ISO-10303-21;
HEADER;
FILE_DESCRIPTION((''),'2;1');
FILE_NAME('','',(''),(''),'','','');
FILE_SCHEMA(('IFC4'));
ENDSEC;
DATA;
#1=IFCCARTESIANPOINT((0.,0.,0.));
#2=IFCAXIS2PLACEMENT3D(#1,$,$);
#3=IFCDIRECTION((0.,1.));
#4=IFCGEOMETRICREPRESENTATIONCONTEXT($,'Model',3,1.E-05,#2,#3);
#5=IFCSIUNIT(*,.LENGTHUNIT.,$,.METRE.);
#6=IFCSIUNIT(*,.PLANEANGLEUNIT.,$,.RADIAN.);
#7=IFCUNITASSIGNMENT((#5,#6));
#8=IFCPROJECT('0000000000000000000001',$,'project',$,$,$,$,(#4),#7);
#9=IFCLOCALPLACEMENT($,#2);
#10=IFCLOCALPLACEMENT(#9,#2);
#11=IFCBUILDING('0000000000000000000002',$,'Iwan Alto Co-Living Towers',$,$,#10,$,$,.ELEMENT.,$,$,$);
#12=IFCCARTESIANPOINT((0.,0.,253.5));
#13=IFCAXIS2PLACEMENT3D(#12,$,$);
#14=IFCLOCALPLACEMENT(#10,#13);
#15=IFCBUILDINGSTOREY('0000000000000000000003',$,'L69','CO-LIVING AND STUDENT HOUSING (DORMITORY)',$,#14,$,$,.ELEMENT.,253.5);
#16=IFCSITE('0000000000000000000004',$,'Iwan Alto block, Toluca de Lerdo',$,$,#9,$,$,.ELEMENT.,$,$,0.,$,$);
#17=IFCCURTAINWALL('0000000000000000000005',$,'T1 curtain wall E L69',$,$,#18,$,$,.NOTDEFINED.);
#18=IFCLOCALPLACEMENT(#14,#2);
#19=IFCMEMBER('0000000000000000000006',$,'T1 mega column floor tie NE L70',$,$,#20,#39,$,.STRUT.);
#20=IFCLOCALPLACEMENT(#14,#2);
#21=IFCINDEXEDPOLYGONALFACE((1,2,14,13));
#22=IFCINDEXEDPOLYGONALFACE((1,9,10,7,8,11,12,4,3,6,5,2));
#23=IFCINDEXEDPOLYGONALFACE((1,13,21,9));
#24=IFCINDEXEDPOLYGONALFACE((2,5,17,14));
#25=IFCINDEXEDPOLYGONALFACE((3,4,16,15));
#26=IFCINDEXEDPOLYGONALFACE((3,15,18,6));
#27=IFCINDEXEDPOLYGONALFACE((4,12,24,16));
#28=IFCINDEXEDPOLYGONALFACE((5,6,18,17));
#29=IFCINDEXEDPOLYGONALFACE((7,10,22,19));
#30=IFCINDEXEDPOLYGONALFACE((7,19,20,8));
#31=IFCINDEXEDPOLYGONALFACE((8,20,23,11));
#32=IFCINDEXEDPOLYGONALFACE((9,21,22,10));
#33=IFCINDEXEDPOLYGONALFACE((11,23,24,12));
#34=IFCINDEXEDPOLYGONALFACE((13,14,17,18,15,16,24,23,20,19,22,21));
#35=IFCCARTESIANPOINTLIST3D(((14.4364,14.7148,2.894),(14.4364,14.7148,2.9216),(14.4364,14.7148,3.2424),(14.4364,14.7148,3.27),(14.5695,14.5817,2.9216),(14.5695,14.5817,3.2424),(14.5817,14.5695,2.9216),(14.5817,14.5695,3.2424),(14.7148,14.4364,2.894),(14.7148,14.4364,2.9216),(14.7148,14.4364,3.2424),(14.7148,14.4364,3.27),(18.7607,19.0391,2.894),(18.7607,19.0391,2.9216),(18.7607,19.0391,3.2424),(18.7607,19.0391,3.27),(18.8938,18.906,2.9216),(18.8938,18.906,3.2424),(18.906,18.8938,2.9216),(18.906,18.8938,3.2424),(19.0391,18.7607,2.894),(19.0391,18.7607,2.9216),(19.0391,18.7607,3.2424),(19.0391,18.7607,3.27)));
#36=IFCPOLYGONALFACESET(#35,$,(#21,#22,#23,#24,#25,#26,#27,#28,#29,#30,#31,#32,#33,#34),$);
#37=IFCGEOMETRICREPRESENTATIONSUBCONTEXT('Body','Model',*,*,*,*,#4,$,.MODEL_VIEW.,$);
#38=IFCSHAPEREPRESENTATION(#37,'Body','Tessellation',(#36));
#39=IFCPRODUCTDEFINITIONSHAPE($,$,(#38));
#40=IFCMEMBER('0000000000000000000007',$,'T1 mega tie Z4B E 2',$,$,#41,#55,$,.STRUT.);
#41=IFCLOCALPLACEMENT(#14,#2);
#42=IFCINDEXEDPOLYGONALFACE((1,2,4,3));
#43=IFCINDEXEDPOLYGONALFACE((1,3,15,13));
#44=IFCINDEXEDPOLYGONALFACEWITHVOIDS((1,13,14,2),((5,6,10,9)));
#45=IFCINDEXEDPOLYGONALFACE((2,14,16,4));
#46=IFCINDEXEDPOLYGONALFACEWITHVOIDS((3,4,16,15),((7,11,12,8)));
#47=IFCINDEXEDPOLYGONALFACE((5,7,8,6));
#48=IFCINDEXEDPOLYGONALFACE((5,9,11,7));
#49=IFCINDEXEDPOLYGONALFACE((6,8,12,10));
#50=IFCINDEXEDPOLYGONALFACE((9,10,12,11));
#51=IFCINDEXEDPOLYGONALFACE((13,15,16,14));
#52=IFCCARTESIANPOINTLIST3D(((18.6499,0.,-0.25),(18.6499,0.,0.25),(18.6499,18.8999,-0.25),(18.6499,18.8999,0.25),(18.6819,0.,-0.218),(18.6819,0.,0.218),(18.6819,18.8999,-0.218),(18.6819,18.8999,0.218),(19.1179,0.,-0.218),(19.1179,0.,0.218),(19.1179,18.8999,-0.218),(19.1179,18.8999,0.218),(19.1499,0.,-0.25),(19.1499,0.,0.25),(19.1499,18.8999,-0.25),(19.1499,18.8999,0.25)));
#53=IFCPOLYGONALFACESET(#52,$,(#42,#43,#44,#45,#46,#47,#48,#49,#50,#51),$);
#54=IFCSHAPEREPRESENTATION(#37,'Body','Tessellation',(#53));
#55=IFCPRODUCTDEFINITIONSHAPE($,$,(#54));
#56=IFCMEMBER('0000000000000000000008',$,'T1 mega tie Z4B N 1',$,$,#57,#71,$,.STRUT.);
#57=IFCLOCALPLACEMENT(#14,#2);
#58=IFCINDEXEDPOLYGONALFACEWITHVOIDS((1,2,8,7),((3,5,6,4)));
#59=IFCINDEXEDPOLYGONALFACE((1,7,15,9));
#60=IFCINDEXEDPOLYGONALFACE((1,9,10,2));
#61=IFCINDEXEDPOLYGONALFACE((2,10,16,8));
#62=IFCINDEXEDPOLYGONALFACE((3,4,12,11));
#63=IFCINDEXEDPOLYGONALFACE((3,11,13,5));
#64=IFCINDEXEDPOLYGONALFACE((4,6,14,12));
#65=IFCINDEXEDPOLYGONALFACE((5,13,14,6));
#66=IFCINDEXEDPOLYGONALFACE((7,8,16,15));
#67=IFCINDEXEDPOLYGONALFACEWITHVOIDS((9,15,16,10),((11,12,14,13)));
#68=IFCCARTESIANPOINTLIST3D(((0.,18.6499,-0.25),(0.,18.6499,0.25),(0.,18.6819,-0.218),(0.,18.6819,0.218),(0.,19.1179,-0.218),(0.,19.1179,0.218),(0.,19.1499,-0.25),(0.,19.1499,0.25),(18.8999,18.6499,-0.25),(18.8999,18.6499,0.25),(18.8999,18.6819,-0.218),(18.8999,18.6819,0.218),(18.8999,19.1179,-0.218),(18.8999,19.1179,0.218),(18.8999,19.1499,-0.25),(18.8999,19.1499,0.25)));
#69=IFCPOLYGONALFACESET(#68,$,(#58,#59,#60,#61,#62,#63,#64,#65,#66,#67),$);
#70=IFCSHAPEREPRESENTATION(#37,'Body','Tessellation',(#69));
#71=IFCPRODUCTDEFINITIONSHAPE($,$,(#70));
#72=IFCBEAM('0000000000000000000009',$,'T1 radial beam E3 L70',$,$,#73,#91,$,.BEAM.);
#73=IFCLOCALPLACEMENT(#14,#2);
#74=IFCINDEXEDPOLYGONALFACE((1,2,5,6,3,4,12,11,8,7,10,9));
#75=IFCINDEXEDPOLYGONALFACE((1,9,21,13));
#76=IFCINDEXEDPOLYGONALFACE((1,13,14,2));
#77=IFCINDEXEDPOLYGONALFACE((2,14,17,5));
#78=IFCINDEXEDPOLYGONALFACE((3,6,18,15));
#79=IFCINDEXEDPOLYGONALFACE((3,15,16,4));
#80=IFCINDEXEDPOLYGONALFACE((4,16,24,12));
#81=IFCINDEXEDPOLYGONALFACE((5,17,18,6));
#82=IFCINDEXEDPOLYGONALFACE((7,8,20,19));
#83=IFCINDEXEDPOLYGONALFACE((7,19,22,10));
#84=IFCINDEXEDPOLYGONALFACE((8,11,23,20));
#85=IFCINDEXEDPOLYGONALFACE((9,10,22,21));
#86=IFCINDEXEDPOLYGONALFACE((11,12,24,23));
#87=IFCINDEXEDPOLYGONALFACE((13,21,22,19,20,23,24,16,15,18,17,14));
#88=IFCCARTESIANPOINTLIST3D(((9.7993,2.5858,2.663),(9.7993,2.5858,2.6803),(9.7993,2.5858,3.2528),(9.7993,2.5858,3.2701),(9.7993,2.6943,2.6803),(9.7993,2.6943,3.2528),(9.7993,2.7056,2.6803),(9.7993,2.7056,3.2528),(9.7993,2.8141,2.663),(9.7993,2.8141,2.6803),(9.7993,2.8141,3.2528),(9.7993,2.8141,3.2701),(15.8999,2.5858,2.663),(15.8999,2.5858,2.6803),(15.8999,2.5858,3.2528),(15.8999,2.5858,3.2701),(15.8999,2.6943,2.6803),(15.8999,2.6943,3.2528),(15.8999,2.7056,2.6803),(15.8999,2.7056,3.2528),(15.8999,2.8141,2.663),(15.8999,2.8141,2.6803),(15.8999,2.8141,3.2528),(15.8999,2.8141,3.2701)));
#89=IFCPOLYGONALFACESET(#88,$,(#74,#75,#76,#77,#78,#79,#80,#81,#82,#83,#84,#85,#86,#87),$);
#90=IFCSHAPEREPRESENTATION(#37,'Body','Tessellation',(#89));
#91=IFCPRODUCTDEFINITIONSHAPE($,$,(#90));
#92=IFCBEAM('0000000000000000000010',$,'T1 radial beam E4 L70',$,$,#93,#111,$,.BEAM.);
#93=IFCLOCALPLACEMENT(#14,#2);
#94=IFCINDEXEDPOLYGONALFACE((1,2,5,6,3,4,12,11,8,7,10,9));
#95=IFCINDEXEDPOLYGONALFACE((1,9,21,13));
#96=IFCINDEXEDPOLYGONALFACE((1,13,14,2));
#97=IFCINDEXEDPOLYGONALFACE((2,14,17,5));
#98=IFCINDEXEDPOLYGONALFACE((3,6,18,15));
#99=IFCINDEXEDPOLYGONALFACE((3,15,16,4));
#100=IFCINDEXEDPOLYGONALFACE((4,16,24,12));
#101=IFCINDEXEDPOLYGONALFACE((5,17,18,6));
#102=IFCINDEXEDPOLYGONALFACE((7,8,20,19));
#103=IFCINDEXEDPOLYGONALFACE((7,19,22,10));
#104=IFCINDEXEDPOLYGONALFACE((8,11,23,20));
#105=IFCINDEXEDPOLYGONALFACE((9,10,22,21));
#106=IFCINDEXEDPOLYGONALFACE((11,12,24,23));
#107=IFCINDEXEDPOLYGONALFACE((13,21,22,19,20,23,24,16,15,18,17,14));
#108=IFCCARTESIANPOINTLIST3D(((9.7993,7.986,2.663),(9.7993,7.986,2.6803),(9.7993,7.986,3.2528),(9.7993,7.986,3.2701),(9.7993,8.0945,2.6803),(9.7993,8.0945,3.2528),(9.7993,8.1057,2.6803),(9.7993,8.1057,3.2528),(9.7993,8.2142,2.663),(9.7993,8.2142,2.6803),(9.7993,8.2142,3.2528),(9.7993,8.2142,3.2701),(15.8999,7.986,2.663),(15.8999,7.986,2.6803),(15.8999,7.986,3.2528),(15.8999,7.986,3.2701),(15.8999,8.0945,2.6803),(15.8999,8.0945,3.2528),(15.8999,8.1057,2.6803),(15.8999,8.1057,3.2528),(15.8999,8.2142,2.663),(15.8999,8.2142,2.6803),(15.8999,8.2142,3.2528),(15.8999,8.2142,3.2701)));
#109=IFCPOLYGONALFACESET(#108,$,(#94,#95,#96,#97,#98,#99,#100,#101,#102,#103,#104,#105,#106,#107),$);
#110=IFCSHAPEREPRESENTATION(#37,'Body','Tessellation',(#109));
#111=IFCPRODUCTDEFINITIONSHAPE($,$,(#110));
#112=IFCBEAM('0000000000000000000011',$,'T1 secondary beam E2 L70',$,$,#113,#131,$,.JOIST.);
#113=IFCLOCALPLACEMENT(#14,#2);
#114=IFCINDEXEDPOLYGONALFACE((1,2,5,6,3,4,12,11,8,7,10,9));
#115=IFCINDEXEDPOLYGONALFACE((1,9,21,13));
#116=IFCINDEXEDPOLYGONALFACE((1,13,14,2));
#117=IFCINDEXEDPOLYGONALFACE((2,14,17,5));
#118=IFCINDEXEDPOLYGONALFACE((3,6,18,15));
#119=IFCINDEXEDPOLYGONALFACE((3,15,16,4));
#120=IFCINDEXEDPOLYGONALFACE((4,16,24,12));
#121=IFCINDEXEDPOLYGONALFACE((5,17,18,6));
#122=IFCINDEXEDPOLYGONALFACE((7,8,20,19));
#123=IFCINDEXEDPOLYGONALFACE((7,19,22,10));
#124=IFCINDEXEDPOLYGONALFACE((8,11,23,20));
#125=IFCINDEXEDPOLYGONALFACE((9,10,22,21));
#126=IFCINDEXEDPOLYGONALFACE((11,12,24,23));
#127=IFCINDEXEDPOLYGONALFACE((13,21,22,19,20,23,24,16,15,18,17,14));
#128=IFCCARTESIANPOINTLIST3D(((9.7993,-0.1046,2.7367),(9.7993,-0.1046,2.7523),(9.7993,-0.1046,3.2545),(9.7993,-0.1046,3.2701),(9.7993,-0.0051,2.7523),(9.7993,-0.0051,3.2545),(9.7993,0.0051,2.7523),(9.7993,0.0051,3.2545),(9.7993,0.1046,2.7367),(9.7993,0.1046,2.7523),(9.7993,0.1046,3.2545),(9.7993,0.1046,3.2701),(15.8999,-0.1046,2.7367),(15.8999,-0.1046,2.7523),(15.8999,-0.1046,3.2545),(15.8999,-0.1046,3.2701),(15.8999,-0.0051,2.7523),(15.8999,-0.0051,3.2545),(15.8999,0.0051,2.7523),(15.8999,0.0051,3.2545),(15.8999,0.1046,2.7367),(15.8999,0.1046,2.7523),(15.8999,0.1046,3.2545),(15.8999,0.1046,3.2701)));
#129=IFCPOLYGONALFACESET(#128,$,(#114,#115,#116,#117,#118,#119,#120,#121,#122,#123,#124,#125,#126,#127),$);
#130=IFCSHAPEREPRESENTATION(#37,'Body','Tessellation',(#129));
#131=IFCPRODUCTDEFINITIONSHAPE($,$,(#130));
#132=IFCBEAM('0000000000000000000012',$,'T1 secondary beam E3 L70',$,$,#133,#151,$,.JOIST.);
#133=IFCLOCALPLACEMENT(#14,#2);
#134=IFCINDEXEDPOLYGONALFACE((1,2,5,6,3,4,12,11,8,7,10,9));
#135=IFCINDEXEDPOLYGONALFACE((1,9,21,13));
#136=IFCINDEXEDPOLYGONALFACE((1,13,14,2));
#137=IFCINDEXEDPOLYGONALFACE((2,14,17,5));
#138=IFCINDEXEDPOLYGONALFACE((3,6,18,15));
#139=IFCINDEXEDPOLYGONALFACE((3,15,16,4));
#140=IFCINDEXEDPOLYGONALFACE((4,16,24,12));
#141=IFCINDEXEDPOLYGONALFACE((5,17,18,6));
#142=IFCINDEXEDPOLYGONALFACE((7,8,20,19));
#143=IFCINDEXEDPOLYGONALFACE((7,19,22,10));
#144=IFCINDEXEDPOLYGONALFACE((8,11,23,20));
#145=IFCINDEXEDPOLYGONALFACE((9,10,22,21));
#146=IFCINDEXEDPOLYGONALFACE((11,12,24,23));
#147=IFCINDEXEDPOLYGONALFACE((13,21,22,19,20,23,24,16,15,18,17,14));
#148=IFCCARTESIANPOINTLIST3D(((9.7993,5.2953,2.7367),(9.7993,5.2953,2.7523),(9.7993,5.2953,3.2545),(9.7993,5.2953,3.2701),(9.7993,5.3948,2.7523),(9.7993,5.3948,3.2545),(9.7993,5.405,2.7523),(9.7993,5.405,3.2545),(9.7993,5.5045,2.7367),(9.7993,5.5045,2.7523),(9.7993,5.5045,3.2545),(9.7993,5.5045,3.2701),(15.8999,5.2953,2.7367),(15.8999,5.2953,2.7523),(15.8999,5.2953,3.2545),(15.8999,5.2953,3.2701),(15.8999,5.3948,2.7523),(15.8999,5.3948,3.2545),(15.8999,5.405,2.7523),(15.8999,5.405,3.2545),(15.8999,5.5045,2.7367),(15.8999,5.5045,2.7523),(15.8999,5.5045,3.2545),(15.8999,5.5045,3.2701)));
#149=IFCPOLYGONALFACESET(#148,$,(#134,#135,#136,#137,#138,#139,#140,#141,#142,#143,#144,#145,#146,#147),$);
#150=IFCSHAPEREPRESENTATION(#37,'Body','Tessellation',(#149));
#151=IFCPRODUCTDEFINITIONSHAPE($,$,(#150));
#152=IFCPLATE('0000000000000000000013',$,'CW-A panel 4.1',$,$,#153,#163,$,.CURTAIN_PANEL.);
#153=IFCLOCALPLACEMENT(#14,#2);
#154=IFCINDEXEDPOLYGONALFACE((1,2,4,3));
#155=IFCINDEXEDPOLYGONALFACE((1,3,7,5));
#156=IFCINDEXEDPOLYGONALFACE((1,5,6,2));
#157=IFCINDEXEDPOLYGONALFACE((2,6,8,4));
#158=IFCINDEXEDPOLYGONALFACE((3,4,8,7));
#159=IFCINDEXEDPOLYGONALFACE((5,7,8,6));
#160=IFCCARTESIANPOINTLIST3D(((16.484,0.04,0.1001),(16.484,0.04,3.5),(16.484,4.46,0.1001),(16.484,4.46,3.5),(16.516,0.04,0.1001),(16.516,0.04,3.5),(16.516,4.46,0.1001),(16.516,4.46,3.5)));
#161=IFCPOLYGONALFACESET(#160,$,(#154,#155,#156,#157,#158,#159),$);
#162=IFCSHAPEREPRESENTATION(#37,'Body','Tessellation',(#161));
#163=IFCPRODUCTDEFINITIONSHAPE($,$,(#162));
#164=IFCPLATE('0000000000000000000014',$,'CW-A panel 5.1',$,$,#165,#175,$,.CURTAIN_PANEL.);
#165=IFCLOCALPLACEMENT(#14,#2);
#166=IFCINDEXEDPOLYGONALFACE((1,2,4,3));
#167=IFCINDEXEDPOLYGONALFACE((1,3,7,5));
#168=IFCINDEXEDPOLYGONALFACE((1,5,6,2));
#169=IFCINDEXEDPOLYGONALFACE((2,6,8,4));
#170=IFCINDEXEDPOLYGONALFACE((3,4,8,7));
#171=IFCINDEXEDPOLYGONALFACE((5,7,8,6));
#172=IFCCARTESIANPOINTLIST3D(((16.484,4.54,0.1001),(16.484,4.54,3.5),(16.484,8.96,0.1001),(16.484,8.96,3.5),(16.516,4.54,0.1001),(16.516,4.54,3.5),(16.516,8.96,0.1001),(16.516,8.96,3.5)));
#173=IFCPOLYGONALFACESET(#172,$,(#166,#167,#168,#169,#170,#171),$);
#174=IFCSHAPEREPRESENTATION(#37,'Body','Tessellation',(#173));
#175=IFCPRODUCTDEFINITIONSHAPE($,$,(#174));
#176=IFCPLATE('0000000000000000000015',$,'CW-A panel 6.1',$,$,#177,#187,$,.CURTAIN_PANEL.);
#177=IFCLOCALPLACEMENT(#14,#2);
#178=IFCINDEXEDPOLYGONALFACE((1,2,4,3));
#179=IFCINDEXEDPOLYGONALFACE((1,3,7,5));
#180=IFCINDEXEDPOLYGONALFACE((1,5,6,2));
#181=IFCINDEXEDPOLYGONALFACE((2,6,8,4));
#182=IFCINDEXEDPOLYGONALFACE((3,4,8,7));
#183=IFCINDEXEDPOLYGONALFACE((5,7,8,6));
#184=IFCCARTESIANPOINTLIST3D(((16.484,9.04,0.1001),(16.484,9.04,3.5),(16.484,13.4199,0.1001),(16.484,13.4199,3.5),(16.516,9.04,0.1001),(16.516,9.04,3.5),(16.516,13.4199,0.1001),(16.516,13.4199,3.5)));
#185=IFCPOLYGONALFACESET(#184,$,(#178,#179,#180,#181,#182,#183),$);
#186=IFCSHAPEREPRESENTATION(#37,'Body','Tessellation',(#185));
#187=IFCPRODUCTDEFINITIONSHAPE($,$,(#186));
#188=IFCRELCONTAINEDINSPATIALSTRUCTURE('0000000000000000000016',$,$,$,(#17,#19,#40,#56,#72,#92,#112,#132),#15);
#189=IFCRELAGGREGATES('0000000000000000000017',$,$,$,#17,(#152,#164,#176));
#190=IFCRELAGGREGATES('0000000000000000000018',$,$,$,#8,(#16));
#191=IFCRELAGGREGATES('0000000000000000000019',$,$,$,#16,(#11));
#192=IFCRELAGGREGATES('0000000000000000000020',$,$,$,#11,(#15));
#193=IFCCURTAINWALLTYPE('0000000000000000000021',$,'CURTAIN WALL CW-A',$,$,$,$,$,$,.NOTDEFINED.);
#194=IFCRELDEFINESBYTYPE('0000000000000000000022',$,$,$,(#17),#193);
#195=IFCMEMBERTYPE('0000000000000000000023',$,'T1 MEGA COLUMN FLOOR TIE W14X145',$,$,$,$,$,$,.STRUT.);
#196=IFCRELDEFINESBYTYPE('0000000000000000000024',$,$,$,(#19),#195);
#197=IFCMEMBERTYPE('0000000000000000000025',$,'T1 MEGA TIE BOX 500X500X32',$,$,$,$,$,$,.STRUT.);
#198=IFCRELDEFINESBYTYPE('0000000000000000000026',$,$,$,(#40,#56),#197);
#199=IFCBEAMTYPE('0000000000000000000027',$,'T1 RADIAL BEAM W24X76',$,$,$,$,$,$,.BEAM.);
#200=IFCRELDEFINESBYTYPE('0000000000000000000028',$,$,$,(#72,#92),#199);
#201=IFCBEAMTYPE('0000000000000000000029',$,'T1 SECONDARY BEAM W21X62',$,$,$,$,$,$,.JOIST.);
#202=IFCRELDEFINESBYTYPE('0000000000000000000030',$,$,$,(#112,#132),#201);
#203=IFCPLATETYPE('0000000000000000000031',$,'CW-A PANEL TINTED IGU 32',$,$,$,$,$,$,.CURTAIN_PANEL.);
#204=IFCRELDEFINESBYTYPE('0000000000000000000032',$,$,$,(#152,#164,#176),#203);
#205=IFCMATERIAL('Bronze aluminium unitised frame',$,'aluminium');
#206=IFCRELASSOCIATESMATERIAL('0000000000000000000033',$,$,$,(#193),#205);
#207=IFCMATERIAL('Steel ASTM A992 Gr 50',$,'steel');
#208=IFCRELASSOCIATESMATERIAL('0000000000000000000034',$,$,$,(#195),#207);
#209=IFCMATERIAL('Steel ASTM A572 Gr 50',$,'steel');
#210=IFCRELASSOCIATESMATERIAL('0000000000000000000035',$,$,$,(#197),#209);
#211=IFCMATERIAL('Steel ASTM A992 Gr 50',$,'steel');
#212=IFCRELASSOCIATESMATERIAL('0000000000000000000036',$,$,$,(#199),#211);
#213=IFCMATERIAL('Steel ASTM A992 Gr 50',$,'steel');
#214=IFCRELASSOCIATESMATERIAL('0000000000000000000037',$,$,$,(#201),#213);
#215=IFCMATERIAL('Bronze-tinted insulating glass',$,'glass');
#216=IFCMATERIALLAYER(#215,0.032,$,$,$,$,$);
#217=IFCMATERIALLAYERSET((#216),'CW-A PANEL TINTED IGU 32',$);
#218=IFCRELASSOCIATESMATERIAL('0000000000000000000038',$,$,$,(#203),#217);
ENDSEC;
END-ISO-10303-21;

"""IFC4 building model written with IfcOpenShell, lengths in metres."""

from ifc_helpers import new_model, si_unit, direction, frame, origin, origin_2d, place, context, subcontext, project, spatial, rectangle, hollow_rectangle, i_section, extrude, material, layer, layer_set, material_profile, profile_set, type_object, element, aggregate, save


model = new_model("IFC4")

# Units and contexts
model_context = context("Model", 3, precision=1e-05, world=origin(), true_north=direction((0.0, 1.0)))
body_context = subcontext(model_context, "Body", "Model", "MODEL_VIEW")
ifc_project = project(units=[si_unit("LENGTHUNIT", "METRE"), si_unit("PLANEANGLEUNIT", "RADIAN")], contexts=[model_context])

# Site, building, storey
site_placement = place(None, origin())
site = spatial("IfcSite", under=ifc_project, at=site_placement, Name="Iwan Alto block, Toluca de Lerdo", CompositionType="ELEMENT", RefElevation=0.0)
building_placement = place(site_placement, origin())
building = spatial("IfcBuilding", under=site, at=building_placement, Name="Iwan Alto Co-Living Towers", CompositionType="ELEMENT")
storey_placement = place(building_placement, frame((0.0, 0.0, 253.5)))
storey = spatial("IfcBuildingStorey", under=building, at=storey_placement, Name="L69", Description="CO-LIVING AND STUDENT HOUSING (DORMITORY)", CompositionType="ELEMENT", Elevation=253.5)

# Curtain wall
ifc_material_1 = material(Name="Bronze aluminium unitised frame", Category="aluminium")
curtain_wall_type_1 = type_object("IfcCurtainWallType", Name="CURTAIN WALL CW-A", PredefinedType="NOTDEFINED", material=ifc_material_1)
curtain_wall_1_placement = place(storey_placement, origin())
curtain_wall_1 = element("IfcCurtainWall", 1, at=curtain_wall_1_placement, inside=storey, type_object=curtain_wall_type_1, Name="T1 curtain wall E L69", PredefinedType="NOTDEFINED")

# Members
ifc_material_2 = material(Name="Steel ASTM A992 Gr 50", Category="steel")
ifc_material_profile_1 = material_profile(ifc_material_2, i_section(OverallWidth=0.3938, OverallDepth=0.376, WebThickness=0.0173, FlangeThickness=0.0276, at=origin_2d()), Name="W14X145")
ifc_profile_set_1 = profile_set([ifc_material_profile_1], Name="Steel ASTM A992 Gr 50")
member_type_1 = type_object("IfcMemberType", Name="T1 MEGA COLUMN FLOOR TIE W14X145", PredefinedType="STRUT", material=ifc_profile_set_1)
member_1_placement = place(storey_placement, frame((18.8999, 18.8999, 3.082), z_axis=(-0.707107, -0.707107, 0.0), x_axis=(0.707107, -0.707107, 0.0)))
element("IfcMember", 2, at=member_1_placement, inside=storey, type_object=member_type_1, Name="T1 mega column floor tie NE L70", PredefinedType="STRUT", context=body_context, shape_type="SweptSolid", body=[
    extrude(i_section(OverallWidth=0.3938, OverallDepth=0.376, WebThickness=0.0173, FlangeThickness=0.0276, at=origin_2d()), origin(), (0.0, 0.0, 1.0), 6.1155),
])
ifc_material_3 = material(Name="Steel ASTM A572 Gr 50", Category="steel")
ifc_material_profile_2 = material_profile(ifc_material_3, hollow_rectangle(XDim=0.5, YDim=0.5, WallThickness=0.032, at=origin_2d()), Name="BOX 500X500X32")
ifc_profile_set_2 = profile_set([ifc_material_profile_2], Name="Steel ASTM A572 Gr 50")
member_type_2 = type_object("IfcMemberType", Name="T1 MEGA TIE BOX 500X500X32", PredefinedType="STRUT", material=ifc_profile_set_2)
for number, where, z_axis, x_axis, name in (
    (3, (18.8999, 0.0, 0.0), (0.0, 1.0, 0.0), (-1.0, 0.0, 0.0), "T1 mega tie Z4B E 2"),
    (4, (18.8999, 18.8999, 0.0), (-1.0, 0.0, 0.0), (0.0, -1.0, 0.0), "T1 mega tie Z4B N 1"),
):
    element("IfcMember", number, at=place(storey_placement, frame(where, z_axis=z_axis, x_axis=x_axis)), inside=storey, type_object=member_type_2, Name=name, PredefinedType="STRUT", context=body_context, shape_type="SweptSolid", body=[
        extrude(hollow_rectangle(XDim=0.5, YDim=0.5, WallThickness=0.032, at=origin_2d()), origin(), (0.0, 0.0, 1.0), 18.8999),
    ])

# Beams
ifc_material_4 = material(Name="Steel ASTM A992 Gr 50", Category="steel")
ifc_material_profile_3 = material_profile(ifc_material_4, i_section(OverallWidth=0.2283, OverallDepth=0.6072, WebThickness=0.0112, FlangeThickness=0.0173, at=origin_2d()), Name="W24X76")
ifc_profile_set_3 = profile_set([ifc_material_profile_3], Name="Steel ASTM A992 Gr 50")
beam_type_1 = type_object("IfcBeamType", Name="T1 RADIAL BEAM W24X76", PredefinedType="BEAM", material=ifc_profile_set_3)
for number, where, z_axis, x_axis, name in (
    (5, (15.8999, 2.7, 2.9666), (-1.0, 0.0, 0.0), (0.0, -1.0, 0.0), "T1 radial beam E3 L70"),
    (6, (15.8999, 8.1001, 2.9666), (-1.0, 0.0, 0.0), (0.0, -1.0, 0.0), "T1 radial beam E4 L70"),
):
    element("IfcBeam", number, at=place(storey_placement, frame(where, z_axis=z_axis, x_axis=x_axis)), inside=storey, type_object=beam_type_1, Name=name, PredefinedType="BEAM", context=body_context, shape_type="SweptSolid", body=[
        extrude(i_section(OverallWidth=0.2283, OverallDepth=0.6072, WebThickness=0.0112, FlangeThickness=0.0173, at=origin_2d()), origin(), (0.0, 0.0, 1.0), 6.1006),
    ])
ifc_material_5 = material(Name="Steel ASTM A992 Gr 50", Category="steel")
ifc_material_profile_4 = material_profile(ifc_material_5, i_section(OverallWidth=0.2092, OverallDepth=0.5334, WebThickness=0.0103, FlangeThickness=0.0156, at=origin_2d()), Name="W21X62")
ifc_profile_set_4 = profile_set([ifc_material_profile_4], Name="Steel ASTM A992 Gr 50")
beam_type_2 = type_object("IfcBeamType", Name="T1 SECONDARY BEAM W21X62", PredefinedType="JOIST", material=ifc_profile_set_4)
for number, where, z_axis, x_axis, name in (
    (7, (15.8999, 0.0, 3.0034), (-1.0, 0.0, 0.0), (0.0, -1.0, 0.0), "T1 secondary beam E2 L70"),
    (8, (15.8999, 5.3999, 3.0034), (-1.0, 0.0, 0.0), (0.0, -1.0, 0.0), "T1 secondary beam E3 L70"),
):
    element("IfcBeam", number, at=place(storey_placement, frame(where, z_axis=z_axis, x_axis=x_axis)), inside=storey, type_object=beam_type_2, Name=name, PredefinedType="JOIST", context=body_context, shape_type="SweptSolid", body=[
        extrude(i_section(OverallWidth=0.2092, OverallDepth=0.5334, WebThickness=0.0103, FlangeThickness=0.0156, at=origin_2d()), origin(), (0.0, 0.0, 1.0), 6.1006),
    ])

# Plates
ifc_material_6 = material(Name="Bronze-tinted insulating glass", Category="glass")
ifc_layer_1 = layer(ifc_material_6, 0.032)
ifc_layer_set_1 = layer_set([ifc_layer_1], Name="CW-A PANEL TINTED IGU 32")
plate_type_1 = type_object("IfcPlateType", Name="CW-A PANEL TINTED IGU 32", PredefinedType="CURTAIN_PANEL", material=ifc_layer_set_1)
plate_1_placement = place(storey_placement, frame((16.5, 2.25, 0.1001), z_axis=(0.0, 0.0, 1.0), x_axis=(0.0, 1.0, 0.0)))
plate_1 = element("IfcPlate", 9, at=plate_1_placement, type_object=plate_type_1, Name="CW-A panel 4.1", PredefinedType="CURTAIN_PANEL", context=body_context, shape_type="SweptSolid", body=[
    extrude(rectangle(XDim=4.4199, YDim=0.032, at=origin_2d()), origin(), (0.0, 0.0, 1.0), 3.3999),
])
plate_2_placement = place(storey_placement, frame((16.5, 6.75, 0.1001), z_axis=(0.0, 0.0, 1.0), x_axis=(0.0, 1.0, 0.0)))
plate_2 = element("IfcPlate", 10, at=plate_2_placement, type_object=plate_type_1, Name="CW-A panel 5.1", PredefinedType="CURTAIN_PANEL", context=body_context, shape_type="SweptSolid", body=[
    extrude(rectangle(XDim=4.4199, YDim=0.032, at=origin_2d()), origin(), (0.0, 0.0, 1.0), 3.3999),
])
plate_3_placement = place(storey_placement, frame((16.5, 11.23, 0.1001), z_axis=(0.0, 0.0, 1.0), x_axis=(0.0, 1.0, 0.0)))
plate_3 = element("IfcPlate", 11, at=plate_3_placement, type_object=plate_type_1, Name="CW-A panel 6.1", PredefinedType="CURTAIN_PANEL", context=body_context, shape_type="SweptSolid", body=[
    extrude(rectangle(XDim=4.3799, YDim=0.032, at=origin_2d()), origin(), (0.0, 0.0, 1.0), 3.3999),
])
aggregate(curtain_wall_1, [plate_1, plate_2, plate_3])

save(model, "model.ifc")
